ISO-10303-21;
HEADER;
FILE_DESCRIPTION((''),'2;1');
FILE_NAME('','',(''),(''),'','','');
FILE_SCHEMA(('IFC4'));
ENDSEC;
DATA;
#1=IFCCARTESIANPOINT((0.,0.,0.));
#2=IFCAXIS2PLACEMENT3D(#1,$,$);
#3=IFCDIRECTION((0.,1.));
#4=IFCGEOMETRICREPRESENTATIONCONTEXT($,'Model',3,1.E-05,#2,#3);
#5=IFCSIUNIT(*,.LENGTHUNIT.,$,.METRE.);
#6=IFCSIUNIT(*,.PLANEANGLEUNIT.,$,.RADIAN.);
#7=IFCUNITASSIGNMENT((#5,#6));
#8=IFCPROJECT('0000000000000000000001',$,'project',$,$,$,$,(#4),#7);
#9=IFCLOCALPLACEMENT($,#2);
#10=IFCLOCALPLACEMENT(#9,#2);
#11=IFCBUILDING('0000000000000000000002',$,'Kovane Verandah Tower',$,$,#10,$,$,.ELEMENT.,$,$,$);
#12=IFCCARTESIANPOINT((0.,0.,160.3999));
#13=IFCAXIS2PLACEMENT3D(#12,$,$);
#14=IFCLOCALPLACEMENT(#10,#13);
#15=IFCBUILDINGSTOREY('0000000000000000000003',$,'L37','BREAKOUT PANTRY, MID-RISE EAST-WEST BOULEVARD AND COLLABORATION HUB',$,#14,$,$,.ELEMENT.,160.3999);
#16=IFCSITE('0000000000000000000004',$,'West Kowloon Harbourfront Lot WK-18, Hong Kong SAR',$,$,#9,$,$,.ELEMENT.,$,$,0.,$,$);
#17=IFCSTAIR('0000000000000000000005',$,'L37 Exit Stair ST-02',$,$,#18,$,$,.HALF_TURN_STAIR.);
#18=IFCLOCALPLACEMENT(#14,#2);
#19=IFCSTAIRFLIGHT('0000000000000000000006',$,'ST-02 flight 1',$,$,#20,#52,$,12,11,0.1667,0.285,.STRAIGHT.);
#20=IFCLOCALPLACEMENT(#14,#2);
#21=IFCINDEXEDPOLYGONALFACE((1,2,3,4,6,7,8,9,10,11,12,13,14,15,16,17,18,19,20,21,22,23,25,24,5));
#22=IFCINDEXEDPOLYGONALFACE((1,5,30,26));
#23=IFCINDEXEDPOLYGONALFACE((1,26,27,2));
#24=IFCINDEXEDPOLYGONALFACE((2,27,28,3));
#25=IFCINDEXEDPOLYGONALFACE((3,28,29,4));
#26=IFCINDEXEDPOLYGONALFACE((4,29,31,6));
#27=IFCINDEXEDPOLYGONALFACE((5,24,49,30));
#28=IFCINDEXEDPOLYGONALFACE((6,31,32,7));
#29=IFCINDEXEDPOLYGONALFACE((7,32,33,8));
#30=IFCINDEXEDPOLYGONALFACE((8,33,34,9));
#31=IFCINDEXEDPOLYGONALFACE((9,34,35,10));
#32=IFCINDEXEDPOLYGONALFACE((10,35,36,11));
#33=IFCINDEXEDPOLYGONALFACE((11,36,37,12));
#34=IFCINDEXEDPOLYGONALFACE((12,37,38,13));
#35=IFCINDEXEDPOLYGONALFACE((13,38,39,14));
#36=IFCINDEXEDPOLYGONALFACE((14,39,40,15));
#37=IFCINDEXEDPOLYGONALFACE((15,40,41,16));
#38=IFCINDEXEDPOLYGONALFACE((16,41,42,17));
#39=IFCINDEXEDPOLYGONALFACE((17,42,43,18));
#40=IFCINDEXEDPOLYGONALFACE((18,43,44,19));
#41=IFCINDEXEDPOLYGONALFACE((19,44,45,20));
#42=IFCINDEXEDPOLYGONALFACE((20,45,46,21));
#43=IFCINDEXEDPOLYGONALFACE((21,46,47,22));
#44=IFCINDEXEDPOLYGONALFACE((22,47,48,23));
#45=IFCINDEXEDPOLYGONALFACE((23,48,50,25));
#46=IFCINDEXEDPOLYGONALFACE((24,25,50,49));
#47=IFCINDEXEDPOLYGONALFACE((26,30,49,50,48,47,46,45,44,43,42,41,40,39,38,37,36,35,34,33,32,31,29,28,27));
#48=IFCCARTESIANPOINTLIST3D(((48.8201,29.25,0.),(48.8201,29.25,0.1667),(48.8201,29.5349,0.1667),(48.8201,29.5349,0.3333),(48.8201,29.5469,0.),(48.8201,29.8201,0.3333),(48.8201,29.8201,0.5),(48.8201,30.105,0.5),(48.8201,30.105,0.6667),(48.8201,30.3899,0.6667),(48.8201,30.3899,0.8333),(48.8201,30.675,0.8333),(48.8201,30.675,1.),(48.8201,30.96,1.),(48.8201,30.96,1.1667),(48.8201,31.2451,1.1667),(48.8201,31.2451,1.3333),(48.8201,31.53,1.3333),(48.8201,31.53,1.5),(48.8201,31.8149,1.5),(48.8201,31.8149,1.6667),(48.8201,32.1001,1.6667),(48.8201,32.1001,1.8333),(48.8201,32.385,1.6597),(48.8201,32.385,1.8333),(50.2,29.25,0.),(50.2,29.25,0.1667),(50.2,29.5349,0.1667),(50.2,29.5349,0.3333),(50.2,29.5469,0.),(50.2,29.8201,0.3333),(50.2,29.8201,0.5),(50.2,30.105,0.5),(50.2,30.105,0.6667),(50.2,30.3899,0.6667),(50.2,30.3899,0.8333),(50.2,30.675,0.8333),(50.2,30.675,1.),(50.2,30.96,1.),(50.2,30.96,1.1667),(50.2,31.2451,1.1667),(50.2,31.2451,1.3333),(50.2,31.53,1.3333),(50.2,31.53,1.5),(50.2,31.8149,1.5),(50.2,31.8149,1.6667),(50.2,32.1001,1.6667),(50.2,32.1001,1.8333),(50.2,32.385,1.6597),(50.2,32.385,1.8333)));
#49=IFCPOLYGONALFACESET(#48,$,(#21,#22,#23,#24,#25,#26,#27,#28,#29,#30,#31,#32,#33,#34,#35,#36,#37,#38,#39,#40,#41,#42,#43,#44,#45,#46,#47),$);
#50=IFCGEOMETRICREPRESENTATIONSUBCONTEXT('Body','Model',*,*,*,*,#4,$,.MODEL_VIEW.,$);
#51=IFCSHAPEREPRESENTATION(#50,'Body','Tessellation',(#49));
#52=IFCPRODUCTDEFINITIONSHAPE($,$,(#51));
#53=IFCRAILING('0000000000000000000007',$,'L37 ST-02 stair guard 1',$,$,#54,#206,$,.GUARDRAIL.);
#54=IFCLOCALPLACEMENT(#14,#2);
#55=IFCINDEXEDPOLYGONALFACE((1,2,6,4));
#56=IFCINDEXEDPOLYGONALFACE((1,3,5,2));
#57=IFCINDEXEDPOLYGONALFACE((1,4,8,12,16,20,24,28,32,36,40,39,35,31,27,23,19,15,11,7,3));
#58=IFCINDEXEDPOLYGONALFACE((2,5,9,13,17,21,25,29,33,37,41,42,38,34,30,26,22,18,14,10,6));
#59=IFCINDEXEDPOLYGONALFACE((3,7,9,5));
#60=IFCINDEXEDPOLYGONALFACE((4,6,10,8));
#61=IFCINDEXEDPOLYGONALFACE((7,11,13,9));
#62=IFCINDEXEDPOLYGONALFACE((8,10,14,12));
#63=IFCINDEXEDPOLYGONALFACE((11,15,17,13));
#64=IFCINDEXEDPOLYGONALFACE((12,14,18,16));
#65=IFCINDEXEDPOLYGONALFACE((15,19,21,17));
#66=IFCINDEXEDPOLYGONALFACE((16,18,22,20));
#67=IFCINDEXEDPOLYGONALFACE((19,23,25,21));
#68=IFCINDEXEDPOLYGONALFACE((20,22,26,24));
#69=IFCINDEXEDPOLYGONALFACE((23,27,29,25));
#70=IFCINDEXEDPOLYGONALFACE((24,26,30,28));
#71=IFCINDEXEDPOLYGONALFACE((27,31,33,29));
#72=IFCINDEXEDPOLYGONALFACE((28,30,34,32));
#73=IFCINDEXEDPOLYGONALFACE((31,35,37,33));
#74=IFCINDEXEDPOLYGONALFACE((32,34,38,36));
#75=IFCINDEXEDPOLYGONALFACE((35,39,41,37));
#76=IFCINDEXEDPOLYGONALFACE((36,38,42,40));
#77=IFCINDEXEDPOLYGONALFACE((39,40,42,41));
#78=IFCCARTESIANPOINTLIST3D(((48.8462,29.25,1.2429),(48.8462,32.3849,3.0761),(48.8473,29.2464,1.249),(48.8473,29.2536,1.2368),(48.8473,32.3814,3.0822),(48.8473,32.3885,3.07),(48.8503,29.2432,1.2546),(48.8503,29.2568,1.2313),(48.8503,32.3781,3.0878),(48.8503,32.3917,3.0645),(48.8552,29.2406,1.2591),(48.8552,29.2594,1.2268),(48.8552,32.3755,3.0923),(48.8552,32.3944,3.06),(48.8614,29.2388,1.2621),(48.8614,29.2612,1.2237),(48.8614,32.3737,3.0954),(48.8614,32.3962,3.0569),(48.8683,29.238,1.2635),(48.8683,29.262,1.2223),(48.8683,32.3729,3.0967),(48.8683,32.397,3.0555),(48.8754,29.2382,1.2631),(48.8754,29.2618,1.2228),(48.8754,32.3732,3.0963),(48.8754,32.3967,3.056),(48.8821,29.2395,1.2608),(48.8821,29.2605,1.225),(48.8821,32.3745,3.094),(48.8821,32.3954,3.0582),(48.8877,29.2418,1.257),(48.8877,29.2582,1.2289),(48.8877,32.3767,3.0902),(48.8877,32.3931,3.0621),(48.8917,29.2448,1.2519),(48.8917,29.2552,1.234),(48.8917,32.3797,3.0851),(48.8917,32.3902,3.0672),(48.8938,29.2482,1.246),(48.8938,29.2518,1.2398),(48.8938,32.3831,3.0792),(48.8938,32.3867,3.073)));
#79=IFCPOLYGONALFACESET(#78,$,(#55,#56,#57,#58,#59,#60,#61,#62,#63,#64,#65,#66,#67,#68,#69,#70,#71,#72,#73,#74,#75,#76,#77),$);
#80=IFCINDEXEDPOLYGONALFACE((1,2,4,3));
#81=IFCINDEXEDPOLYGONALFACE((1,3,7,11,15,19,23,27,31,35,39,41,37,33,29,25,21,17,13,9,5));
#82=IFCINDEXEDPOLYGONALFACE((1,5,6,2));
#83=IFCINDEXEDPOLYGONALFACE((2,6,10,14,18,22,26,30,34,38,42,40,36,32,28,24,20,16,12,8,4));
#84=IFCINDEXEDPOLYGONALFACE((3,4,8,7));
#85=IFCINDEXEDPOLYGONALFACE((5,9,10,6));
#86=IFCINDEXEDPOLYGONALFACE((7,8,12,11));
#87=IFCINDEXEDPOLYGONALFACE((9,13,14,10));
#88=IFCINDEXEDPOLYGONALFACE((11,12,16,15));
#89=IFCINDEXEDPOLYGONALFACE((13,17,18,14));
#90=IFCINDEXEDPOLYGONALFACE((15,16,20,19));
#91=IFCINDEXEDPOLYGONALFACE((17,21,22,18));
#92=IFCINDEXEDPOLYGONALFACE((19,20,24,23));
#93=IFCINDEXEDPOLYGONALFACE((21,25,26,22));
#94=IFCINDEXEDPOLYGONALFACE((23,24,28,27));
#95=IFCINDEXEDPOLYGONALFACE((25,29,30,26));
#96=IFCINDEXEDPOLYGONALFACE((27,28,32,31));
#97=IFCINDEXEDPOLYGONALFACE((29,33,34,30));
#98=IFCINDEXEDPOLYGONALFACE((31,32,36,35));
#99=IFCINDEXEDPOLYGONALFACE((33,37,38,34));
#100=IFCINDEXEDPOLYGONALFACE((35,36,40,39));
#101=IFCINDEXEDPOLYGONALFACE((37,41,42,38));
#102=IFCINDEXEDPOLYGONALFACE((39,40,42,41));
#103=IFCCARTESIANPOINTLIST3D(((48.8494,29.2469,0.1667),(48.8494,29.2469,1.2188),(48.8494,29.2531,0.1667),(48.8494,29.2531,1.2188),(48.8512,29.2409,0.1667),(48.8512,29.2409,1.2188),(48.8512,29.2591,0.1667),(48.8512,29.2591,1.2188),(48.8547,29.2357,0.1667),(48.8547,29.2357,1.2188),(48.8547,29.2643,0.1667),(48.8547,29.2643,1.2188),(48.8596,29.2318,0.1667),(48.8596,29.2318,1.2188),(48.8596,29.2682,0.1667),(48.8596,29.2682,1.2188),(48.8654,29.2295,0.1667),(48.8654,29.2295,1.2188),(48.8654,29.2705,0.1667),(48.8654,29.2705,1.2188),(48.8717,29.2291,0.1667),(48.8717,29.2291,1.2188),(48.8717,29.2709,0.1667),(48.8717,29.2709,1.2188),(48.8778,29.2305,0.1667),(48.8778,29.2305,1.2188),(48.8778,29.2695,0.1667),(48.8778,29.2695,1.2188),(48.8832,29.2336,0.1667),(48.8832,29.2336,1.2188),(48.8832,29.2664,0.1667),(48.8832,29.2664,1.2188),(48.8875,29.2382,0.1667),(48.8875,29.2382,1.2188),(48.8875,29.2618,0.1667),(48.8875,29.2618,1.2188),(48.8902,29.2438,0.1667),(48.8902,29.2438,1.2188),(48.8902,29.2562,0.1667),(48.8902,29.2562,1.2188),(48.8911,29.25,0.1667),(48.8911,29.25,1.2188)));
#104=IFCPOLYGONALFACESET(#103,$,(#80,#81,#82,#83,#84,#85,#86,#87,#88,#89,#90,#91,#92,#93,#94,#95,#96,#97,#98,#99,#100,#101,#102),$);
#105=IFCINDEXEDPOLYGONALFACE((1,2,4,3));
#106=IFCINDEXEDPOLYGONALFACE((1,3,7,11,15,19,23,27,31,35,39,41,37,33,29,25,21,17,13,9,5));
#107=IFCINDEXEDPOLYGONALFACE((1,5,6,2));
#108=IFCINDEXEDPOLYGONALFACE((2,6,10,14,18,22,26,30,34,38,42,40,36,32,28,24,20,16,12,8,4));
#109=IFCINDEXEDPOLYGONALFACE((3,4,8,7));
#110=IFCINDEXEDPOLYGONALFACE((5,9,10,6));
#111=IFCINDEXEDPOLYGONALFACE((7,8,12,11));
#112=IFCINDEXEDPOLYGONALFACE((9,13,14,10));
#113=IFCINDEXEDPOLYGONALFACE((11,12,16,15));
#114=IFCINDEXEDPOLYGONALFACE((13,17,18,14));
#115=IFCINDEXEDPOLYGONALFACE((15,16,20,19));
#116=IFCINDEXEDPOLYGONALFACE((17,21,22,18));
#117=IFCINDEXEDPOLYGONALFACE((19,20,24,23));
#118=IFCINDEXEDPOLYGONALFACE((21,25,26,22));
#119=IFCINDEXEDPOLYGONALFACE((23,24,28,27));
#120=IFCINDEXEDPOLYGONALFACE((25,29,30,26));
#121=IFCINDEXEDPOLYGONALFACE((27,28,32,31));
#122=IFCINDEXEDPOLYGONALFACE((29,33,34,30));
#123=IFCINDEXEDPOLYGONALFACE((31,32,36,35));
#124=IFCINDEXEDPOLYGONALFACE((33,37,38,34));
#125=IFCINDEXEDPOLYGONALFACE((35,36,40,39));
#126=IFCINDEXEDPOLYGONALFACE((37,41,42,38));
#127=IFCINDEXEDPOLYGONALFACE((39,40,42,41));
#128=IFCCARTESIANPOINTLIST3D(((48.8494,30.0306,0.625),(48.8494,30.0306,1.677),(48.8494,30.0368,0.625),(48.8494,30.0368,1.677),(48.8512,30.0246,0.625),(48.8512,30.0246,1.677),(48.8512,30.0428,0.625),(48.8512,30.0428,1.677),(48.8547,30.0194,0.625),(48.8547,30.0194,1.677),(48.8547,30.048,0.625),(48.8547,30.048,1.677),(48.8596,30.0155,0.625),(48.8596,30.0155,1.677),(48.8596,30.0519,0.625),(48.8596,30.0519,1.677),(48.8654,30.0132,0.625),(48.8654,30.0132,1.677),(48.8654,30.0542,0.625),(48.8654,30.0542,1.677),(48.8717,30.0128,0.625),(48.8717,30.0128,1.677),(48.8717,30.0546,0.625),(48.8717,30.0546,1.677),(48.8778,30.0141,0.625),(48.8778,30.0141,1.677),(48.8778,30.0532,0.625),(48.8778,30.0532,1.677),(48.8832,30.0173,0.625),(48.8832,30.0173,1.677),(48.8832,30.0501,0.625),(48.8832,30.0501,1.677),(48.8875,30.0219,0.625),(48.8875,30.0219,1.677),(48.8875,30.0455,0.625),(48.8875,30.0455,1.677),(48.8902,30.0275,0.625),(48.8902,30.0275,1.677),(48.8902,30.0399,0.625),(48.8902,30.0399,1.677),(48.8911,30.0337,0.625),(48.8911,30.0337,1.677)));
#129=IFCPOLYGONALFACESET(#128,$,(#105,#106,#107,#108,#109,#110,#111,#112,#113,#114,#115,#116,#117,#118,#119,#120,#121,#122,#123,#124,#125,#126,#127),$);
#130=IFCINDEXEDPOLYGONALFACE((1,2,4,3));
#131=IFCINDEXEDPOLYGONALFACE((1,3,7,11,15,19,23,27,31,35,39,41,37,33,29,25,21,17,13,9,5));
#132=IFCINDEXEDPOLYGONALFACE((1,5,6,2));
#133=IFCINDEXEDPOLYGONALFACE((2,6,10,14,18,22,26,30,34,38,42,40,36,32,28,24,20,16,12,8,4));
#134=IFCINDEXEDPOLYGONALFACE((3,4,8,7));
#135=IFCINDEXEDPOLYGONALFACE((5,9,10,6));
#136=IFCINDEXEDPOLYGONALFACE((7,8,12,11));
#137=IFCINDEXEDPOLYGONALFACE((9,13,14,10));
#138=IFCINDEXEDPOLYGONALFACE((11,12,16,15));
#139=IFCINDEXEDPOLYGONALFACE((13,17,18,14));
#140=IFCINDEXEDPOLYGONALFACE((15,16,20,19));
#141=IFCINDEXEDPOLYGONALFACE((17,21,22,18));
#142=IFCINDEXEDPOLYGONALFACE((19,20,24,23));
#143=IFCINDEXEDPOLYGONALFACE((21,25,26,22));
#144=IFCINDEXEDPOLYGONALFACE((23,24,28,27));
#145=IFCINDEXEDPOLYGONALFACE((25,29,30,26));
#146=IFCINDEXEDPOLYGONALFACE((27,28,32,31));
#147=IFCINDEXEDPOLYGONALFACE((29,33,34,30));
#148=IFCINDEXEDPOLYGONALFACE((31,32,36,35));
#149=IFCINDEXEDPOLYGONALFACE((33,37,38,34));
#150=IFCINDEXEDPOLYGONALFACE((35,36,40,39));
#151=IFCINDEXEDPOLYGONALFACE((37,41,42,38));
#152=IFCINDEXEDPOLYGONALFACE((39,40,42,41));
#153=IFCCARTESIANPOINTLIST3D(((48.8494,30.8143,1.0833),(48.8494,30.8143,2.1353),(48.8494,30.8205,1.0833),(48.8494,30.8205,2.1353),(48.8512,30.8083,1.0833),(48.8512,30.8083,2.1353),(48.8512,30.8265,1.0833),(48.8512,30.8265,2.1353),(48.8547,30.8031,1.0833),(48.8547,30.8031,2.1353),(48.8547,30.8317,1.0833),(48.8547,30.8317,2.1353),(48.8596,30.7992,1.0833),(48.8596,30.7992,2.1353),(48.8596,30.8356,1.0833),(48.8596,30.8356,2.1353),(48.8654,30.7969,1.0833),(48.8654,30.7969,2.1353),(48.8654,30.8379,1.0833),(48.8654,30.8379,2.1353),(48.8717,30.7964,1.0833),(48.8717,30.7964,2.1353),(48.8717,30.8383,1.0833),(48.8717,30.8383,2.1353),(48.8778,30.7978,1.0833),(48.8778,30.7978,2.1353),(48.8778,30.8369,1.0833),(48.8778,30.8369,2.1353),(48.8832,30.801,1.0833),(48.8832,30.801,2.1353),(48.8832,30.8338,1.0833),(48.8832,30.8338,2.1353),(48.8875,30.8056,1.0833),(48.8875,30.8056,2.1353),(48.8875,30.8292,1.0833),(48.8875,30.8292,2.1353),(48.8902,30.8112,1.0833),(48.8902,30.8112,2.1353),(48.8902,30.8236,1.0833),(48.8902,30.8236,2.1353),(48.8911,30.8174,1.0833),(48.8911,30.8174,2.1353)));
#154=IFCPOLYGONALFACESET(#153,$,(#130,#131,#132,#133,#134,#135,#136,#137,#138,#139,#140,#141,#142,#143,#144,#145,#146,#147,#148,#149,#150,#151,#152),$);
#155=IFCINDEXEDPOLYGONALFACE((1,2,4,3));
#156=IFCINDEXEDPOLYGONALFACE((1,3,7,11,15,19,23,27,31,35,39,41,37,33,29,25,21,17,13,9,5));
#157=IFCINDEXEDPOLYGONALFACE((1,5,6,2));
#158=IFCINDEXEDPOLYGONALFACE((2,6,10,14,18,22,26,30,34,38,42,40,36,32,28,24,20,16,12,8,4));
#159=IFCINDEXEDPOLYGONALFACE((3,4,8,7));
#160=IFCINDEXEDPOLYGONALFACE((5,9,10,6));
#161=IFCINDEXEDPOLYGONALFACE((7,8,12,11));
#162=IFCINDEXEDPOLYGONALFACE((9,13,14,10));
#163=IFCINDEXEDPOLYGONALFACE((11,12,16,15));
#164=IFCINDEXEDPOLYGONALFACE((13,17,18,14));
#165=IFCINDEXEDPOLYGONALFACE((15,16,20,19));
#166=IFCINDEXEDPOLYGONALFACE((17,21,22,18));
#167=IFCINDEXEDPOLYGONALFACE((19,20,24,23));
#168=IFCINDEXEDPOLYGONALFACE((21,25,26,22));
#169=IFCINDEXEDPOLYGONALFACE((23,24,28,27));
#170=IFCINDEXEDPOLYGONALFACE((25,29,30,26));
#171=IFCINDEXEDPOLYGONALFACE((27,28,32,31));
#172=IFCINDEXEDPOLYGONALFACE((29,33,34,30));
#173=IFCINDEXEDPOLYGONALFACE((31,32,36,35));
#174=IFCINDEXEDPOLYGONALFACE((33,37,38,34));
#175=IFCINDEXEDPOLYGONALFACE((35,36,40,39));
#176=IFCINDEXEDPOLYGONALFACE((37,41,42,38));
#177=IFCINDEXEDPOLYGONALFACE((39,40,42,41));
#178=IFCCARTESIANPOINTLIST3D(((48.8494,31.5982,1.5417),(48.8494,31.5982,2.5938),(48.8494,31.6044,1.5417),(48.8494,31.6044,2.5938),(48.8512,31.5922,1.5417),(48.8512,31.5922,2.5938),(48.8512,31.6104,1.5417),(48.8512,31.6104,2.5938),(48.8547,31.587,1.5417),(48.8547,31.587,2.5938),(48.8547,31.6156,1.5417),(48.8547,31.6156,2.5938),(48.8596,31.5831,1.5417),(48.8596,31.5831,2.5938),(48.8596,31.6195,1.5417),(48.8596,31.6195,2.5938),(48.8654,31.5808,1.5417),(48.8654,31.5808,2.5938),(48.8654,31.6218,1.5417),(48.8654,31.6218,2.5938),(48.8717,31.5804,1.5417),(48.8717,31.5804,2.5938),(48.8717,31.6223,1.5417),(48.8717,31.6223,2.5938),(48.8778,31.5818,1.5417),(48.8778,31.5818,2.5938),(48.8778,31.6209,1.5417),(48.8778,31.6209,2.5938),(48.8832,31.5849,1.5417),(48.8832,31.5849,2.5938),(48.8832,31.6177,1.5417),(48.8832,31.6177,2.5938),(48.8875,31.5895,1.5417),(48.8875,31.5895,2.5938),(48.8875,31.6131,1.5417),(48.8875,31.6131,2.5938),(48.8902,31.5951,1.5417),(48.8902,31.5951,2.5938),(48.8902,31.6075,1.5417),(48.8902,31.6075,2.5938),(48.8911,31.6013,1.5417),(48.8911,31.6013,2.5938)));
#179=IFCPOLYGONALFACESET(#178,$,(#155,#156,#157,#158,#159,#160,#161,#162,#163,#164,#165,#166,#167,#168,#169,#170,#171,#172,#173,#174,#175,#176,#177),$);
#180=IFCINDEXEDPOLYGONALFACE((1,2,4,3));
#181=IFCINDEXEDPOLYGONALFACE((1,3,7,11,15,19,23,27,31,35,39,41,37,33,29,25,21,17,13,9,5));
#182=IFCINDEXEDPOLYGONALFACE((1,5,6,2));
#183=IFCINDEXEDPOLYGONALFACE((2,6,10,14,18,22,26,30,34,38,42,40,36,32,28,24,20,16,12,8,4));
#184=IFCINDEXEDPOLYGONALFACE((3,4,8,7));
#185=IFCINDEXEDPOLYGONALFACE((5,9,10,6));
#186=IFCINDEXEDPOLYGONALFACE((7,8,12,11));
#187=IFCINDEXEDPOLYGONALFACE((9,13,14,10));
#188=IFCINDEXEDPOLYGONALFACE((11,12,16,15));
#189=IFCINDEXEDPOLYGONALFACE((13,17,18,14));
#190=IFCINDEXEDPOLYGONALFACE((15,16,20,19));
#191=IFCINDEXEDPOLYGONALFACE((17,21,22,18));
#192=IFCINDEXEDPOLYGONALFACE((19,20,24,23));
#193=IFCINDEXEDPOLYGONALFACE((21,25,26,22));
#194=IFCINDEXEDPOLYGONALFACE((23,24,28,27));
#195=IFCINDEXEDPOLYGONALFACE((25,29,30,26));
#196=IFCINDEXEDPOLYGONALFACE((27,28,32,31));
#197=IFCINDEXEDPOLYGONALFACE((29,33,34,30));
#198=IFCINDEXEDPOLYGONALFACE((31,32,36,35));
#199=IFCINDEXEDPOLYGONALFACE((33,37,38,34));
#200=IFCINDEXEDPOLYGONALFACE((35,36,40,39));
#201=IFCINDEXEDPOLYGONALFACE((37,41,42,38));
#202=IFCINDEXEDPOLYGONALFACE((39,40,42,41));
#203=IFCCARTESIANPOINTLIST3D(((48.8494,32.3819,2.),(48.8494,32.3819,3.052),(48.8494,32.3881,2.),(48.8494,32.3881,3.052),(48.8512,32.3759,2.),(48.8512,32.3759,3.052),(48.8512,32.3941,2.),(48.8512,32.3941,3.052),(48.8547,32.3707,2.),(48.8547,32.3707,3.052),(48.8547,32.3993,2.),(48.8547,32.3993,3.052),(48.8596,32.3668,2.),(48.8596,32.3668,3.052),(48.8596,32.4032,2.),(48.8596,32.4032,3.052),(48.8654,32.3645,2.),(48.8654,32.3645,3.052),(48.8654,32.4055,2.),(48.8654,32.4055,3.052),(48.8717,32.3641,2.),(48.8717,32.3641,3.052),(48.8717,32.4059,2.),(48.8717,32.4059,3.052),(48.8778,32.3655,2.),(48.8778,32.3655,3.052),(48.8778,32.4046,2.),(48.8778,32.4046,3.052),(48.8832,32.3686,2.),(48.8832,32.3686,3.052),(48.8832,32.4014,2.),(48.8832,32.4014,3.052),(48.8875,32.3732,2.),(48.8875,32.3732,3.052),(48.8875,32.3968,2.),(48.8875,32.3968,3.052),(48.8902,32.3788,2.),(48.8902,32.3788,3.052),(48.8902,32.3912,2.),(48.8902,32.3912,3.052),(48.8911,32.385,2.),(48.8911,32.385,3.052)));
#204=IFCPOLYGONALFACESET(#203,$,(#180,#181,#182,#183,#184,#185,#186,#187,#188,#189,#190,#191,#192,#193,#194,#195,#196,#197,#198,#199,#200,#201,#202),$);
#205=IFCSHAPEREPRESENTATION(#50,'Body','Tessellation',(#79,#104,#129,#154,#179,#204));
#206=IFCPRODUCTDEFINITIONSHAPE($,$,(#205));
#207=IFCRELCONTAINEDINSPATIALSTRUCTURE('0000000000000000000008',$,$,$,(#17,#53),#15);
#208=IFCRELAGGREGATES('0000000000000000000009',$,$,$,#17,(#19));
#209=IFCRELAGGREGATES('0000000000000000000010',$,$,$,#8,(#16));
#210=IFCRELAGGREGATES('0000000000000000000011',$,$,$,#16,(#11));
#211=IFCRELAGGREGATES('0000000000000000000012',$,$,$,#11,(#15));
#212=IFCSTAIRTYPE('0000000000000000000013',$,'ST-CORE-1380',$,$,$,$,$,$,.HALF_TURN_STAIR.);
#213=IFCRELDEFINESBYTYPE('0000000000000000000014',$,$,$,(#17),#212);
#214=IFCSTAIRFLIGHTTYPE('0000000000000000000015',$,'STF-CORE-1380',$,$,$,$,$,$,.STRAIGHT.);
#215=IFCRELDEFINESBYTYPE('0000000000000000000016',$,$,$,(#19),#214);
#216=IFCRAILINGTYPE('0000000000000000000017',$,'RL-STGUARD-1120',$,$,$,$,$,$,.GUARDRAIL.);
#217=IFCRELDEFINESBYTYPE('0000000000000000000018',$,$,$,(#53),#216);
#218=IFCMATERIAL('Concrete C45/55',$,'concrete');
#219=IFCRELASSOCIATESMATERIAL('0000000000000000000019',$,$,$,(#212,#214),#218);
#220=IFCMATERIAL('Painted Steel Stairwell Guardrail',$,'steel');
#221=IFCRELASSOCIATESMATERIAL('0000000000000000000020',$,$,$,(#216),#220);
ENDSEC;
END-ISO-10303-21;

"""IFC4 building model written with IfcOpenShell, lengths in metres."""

from ifc_helpers import new_model, si_unit, direction, frame, origin, origin_2d, place, context, subcontext, project, spatial, polyline, circle, outline, extrude, material, type_object, element, aggregate, save


model = new_model("IFC4")

# Units and contexts
model_context = context("Model", 3, precision=1e-05, world=origin(), true_north=direction((0.0, 1.0)))
body_context = subcontext(model_context, "Body", "Model", "MODEL_VIEW")
ifc_project = project(units=[si_unit("LENGTHUNIT", "METRE"), si_unit("PLANEANGLEUNIT", "RADIAN")], contexts=[model_context])

# Site, building, storey
site_placement = place(None, origin())
site = spatial("IfcSite", under=ifc_project, at=site_placement, Name="West Kowloon Harbourfront Lot WK-18, Hong Kong SAR", CompositionType="ELEMENT", RefElevation=0.0)
building_placement = place(site_placement, origin())
building = spatial("IfcBuilding", under=site, at=building_placement, Name="Kovane Verandah Tower", CompositionType="ELEMENT")
storey_placement = place(building_placement, frame((0.0, 0.0, 160.3999)))
storey = spatial("IfcBuildingStorey", under=building, at=storey_placement, Name="L37", Description="BREAKOUT PANTRY, MID-RISE EAST-WEST BOULEVARD AND COLLABORATION HUB", CompositionType="ELEMENT", Elevation=160.3999)

# Shared definitions
ifc_material_1 = material(Name="Concrete C45/55", Category="concrete")

# Stair, stair flight
stair_type = type_object("IfcStairType", Name="ST-CORE-1380", PredefinedType="HALF_TURN_STAIR", material=ifc_material_1)
stair_placement = place(storey_placement, origin())
stair = element("IfcStair", 1, at=stair_placement, inside=storey, type_object=stair_type, Name="L37 Exit Stair ST-02", PredefinedType="HALF_TURN_STAIR")
stair_flight_type = type_object("IfcStairFlightType", Name="STF-CORE-1380", PredefinedType="STRAIGHT", material=ifc_material_1)
stair_flight_placement = place(storey_placement, frame((49.51, 29.25, 0.0), z_axis=(0.0, 0.0, 1.0), x_axis=(0.0, 1.0, 0.0)))
stair_flight = element("IfcStairFlight", 2, at=stair_flight_placement, type_object=stair_flight_type, Name="ST-02 flight 1", NumberOfRisers=12, NumberOfTreads=11, PredefinedType="STRAIGHT", RiserHeight=0.1667, TreadLength=0.285, context=body_context, shape_type="SweptSolid", body=[
    extrude(outline(polyline([(0.0, 0.0), (0.0, 0.1667), (0.2849, 0.1667), (0.2849, 0.3333), (0.5701, 0.3333), (0.5701, 0.5), (0.855, 0.5), (0.855, 0.6667), (1.1399, 0.6667), (1.1399, 0.8333), (1.425, 0.8333), (1.425, 1.0), (1.71, 1.0), (1.71, 1.1667), (1.9951, 1.1667), (1.9951, 1.3333), (2.28, 1.3333), (2.28, 1.5), (2.5649, 1.5), (2.5649, 1.6667), (2.8501, 1.6667), (2.8501, 1.8333), (3.135, 1.8333), (3.135, 2.0), (3.135, 1.6597), (0.2969, 0.0), (0.0, 0.0)])), frame((0.0, 0.6899, 0.0), z_axis=(0.0, -1.0, 0.0), x_axis=(1.0, 0.0, 0.0)), (0.0, 0.0, 1.0), 1.3799),
])
aggregate(stair, [stair_flight])

# Railing
ifc_material_2 = material(Name="Painted Steel Stairwell Guardrail", Category="steel")
railing_type = type_object("IfcRailingType", Name="RL-STGUARD-1120", PredefinedType="GUARDRAIL", material=ifc_material_2)
railing_1_placement = place(storey_placement, frame((48.8701, 29.25, 0.1667)))
element("IfcRailing", 3, at=railing_1_placement, inside=storey, type_object=railing_type, Name="L37 ST-02 stair guard 1", PredefinedType="GUARDRAIL", context=body_context, shape_type="SweptSolid", body=[
    extrude(circle(Radius=0.0239, at=origin_2d()), frame((0.0, 0.0, 1.0762), z_axis=(0.0, 0.86324, 0.504794), x_axis=(-1.0, 0.0, 0.0)), (0.0, 0.0, 1.0), 3.6316),
    extrude(circle(Radius=0.021, at=origin_2d()), origin(), (0.0, 0.0, 1.0), 1.052),
    extrude(circle(Radius=0.021, at=origin_2d()), frame((0.0, 0.7837, 0.4583)), (0.0, 0.0, 1.0), 1.052),
    extrude(circle(Radius=0.021, at=origin_2d()), frame((0.0, 1.5674, 0.9165)), (0.0, 0.0, 1.0), 1.052),
    extrude(circle(Radius=0.021, at=origin_2d()), frame((0.0, 2.3513, 1.375)), (0.0, 0.0, 1.0), 1.052),
    extrude(circle(Radius=0.021, at=origin_2d()), frame((0.0, 3.135, 1.8333)), (0.0, 0.0, 1.0), 1.052),
])

save(model, "model.ifc")
